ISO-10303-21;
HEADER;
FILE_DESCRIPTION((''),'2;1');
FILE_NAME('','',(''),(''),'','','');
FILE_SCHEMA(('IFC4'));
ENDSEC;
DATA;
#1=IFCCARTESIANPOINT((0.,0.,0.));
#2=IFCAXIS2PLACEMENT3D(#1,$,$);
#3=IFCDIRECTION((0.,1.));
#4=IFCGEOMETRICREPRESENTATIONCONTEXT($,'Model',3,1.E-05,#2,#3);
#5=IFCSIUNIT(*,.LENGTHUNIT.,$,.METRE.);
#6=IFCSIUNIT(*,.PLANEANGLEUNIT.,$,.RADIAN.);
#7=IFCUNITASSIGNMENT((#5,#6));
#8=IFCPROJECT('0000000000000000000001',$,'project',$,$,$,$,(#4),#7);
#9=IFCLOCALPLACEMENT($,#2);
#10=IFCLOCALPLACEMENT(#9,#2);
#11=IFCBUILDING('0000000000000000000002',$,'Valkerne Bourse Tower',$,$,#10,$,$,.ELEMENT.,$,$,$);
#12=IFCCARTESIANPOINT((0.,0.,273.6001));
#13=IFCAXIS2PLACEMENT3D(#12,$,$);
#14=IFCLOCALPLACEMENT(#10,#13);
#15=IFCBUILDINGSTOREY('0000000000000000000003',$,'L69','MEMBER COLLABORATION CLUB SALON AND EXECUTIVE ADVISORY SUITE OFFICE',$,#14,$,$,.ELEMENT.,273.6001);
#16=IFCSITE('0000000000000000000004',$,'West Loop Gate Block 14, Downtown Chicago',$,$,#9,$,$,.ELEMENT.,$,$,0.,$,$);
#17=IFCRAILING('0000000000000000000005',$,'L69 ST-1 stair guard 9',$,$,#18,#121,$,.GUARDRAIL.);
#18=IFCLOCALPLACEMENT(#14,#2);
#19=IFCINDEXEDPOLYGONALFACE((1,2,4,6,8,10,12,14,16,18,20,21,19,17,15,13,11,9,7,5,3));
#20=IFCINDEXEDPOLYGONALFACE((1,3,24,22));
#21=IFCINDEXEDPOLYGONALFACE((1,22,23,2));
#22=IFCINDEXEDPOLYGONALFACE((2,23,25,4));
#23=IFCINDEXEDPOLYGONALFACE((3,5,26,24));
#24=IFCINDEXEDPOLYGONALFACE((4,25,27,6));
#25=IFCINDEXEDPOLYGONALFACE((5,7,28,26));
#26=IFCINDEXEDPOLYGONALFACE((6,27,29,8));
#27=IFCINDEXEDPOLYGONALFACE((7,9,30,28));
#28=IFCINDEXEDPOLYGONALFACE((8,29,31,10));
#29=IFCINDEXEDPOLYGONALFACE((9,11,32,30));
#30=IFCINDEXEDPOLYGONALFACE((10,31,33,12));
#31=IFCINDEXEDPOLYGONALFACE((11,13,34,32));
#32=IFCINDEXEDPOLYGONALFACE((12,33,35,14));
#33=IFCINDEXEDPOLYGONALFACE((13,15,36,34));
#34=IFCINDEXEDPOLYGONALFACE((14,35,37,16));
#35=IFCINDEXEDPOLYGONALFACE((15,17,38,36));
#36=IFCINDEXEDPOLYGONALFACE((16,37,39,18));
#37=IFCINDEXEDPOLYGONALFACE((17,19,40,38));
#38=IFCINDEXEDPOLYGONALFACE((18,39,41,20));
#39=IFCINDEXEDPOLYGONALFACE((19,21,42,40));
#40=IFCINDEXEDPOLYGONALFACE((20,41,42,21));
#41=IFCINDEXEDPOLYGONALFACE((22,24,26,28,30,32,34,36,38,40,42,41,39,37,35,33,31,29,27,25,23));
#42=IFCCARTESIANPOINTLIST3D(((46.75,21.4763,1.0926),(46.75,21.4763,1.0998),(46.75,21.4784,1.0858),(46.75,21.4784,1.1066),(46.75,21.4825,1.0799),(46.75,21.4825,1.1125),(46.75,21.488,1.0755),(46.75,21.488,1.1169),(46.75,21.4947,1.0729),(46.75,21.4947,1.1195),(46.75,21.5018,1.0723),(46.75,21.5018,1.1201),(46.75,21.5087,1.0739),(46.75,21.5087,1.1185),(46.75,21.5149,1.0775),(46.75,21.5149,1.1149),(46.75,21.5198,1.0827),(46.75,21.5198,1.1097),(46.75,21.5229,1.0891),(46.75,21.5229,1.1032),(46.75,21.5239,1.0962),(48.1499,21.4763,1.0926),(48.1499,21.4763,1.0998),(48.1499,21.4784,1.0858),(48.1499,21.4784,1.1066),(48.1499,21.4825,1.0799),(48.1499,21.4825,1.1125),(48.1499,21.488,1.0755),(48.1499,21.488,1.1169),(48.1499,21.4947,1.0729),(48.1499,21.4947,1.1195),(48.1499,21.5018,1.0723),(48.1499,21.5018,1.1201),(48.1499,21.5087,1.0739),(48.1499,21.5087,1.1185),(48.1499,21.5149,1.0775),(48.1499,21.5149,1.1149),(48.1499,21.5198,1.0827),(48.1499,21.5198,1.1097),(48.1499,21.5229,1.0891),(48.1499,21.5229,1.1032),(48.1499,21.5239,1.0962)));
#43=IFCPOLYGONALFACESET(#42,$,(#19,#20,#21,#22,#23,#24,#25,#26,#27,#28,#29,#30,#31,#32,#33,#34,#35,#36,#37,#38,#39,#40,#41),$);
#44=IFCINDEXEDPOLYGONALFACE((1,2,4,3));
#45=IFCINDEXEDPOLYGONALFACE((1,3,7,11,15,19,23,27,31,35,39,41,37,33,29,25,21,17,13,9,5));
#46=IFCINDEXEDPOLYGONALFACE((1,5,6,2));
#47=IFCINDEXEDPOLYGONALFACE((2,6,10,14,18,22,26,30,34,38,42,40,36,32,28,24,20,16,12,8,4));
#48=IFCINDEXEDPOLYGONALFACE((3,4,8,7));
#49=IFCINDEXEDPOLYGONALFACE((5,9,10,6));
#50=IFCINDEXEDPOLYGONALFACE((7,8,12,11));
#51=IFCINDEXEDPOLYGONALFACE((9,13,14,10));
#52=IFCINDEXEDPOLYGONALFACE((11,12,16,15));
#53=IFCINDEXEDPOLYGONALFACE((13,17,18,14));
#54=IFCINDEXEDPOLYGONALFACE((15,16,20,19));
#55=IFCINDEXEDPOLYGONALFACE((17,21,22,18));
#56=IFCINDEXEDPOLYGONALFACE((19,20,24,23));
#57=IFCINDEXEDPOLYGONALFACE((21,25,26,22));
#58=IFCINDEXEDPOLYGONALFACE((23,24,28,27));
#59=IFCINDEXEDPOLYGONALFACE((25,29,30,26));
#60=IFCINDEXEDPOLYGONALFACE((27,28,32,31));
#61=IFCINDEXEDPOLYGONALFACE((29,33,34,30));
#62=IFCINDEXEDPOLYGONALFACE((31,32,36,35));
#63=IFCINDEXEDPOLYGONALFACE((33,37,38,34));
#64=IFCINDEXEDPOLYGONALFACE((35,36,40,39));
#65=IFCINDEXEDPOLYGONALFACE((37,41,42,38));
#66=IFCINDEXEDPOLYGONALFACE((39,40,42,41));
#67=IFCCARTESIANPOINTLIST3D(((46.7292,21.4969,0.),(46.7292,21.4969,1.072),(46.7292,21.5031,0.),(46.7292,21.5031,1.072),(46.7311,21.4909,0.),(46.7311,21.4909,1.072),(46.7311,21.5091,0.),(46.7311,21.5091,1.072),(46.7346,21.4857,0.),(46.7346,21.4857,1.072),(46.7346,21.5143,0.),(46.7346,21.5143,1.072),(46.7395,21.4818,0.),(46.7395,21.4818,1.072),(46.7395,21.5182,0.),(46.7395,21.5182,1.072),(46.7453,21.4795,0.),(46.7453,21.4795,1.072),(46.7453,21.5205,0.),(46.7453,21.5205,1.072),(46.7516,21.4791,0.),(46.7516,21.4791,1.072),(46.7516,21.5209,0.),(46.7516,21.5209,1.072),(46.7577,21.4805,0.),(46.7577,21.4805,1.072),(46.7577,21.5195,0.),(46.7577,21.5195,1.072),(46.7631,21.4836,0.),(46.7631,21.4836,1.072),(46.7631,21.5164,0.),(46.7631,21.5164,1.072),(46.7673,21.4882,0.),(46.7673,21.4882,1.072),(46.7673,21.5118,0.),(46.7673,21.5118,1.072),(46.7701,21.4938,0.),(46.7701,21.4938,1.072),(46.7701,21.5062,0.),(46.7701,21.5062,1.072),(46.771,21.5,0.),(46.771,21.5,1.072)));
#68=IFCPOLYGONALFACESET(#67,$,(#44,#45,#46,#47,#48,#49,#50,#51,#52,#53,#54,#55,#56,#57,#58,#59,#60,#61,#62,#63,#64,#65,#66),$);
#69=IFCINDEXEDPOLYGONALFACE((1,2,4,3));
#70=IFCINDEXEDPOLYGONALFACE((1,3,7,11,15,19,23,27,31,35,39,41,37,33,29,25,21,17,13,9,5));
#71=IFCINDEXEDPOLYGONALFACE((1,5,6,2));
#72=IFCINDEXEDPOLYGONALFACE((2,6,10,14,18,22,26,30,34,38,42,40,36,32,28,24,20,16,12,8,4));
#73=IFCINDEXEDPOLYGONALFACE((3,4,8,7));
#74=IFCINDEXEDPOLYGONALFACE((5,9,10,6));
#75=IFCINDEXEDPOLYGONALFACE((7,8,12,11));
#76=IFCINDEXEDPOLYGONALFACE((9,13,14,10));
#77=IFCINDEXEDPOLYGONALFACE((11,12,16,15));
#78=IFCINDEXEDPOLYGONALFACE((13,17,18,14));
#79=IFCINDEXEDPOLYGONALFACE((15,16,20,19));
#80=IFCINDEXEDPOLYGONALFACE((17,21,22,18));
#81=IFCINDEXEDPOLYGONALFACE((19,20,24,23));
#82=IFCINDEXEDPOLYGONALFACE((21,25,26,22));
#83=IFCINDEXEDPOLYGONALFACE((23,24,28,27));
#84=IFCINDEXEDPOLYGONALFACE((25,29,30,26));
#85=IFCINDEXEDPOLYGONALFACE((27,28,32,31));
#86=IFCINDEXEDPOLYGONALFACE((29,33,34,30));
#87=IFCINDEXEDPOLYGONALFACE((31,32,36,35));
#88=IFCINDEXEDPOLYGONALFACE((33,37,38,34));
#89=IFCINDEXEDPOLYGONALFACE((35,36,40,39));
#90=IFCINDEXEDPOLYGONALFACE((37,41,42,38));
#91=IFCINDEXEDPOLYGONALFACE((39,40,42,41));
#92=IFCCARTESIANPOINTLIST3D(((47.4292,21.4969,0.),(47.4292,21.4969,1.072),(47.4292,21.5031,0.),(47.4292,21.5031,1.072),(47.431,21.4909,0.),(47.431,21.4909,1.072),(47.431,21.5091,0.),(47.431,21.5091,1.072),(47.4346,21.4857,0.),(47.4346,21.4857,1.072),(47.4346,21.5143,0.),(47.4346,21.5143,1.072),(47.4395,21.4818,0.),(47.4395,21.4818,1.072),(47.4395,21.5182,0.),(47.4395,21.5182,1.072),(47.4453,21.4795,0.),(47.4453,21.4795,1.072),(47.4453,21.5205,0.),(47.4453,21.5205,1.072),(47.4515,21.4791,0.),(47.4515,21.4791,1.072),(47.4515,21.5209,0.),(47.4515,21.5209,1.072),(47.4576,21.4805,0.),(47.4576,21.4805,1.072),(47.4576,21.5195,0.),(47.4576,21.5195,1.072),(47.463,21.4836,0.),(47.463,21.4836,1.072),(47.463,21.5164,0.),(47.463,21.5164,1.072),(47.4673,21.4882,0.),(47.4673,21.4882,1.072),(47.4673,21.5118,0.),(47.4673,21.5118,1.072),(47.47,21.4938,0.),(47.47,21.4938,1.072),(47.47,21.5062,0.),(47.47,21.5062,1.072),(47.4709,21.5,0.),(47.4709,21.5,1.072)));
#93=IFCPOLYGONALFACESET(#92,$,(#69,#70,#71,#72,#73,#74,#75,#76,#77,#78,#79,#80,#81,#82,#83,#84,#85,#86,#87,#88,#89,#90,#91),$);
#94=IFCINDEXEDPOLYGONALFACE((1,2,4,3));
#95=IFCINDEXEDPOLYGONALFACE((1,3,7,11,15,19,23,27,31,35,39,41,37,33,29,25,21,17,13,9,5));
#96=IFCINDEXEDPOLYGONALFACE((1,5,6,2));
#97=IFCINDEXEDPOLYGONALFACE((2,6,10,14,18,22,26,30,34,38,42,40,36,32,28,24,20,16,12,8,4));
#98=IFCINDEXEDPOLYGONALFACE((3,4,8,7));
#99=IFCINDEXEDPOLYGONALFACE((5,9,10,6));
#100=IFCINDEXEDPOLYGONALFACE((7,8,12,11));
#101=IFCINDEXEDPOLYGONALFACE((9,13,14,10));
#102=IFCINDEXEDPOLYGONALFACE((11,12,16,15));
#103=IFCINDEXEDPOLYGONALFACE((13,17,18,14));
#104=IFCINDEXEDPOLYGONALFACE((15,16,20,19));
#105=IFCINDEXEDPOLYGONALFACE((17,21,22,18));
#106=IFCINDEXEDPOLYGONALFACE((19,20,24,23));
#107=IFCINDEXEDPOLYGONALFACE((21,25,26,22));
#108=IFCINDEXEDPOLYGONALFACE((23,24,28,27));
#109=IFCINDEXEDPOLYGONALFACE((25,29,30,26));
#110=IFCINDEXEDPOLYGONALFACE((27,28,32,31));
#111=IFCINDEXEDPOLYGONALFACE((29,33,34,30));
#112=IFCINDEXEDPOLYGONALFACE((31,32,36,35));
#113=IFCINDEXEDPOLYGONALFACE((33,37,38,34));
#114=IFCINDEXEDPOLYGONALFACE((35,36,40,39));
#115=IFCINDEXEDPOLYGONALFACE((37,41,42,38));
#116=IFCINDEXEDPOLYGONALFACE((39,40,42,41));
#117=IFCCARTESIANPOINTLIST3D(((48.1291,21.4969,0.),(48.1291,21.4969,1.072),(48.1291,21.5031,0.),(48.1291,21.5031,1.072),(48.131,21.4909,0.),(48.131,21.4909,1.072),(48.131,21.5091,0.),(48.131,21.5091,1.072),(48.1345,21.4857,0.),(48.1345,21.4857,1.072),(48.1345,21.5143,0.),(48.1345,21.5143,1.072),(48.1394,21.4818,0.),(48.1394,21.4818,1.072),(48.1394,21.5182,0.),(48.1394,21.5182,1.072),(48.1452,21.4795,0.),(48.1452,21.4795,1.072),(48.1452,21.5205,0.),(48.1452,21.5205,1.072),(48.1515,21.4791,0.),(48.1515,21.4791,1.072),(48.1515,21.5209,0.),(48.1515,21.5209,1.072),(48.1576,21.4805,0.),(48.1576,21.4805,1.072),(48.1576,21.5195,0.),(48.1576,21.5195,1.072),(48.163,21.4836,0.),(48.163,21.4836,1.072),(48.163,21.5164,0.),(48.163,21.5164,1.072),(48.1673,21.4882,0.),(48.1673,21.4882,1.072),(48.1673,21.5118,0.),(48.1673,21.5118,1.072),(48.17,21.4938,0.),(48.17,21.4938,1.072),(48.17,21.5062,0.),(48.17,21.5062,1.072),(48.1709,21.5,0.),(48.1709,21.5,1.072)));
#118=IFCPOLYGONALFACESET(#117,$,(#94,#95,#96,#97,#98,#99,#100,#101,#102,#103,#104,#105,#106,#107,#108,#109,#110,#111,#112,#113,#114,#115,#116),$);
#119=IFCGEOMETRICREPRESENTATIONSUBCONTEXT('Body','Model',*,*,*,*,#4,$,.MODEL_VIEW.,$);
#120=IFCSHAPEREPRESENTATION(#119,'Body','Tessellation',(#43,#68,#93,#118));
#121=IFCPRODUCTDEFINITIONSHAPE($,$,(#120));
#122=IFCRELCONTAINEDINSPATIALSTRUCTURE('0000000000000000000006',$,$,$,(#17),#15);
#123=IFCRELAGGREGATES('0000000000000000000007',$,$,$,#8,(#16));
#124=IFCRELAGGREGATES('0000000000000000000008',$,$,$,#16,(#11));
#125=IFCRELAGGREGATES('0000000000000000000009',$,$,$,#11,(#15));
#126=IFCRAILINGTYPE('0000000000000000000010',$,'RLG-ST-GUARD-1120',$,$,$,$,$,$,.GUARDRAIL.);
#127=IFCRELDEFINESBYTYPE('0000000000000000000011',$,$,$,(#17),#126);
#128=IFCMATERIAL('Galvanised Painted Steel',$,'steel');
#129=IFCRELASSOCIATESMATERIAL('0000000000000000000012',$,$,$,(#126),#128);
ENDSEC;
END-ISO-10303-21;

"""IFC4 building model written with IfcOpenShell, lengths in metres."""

from ifc_helpers import new_model, si_unit, direction, frame, origin, origin_2d, place, context, subcontext, project, spatial, circle, extrude, material, type_object, element, save


model = new_model("IFC4")

# Units and contexts
model_context = context("Model", 3, precision=1e-05, world=origin(), true_north=direction((0.0, 1.0)))
body_context = subcontext(model_context, "Body", "Model", "MODEL_VIEW")
ifc_project = project(units=[si_unit("LENGTHUNIT", "METRE"), si_unit("PLANEANGLEUNIT", "RADIAN")], contexts=[model_context])

# Site, building, storey
site_placement = place(None, origin())
site = spatial("IfcSite", under=ifc_project, at=site_placement, Name="West Loop Gate Block 14, Downtown Chicago", CompositionType="ELEMENT", RefElevation=0.0)
building_placement = place(site_placement, origin())
building = spatial("IfcBuilding", under=site, at=building_placement, Name="Valkerne Bourse Tower", CompositionType="ELEMENT")
storey_placement = place(building_placement, frame((0.0, 0.0, 273.6001)))
storey = spatial("IfcBuildingStorey", under=building, at=storey_placement, Name="L69", Description="MEMBER COLLABORATION CLUB SALON AND EXECUTIVE ADVISORY SUITE OFFICE", CompositionType="ELEMENT", Elevation=273.6001)

# Shared definitions
ifc_material_1 = material(Name="Galvanised Painted Steel", Category="steel")

# Railing
railing_type_1 = type_object("IfcRailingType", Name="RLG-ST-GUARD-1120", PredefinedType="GUARDRAIL", material=ifc_material_1)
for number, where, name in (
    (1, (46.75, 21.5, 0.0), "L69 ST-1 stair guard 9"),
):
    element("IfcRailing", number, at=place(storey_placement, frame(where)), inside=storey, type_object=railing_type_1, Name=name, PredefinedType="GUARDRAIL", context=body_context, shape_type="SweptSolid", body=[
        extrude(circle(Radius=0.0239, at=origin_2d()), frame((0.0, 0.0, 1.0962), z_axis=(1.0, 0.0, 0.0), x_axis=(0.0, 1.0, 0.0)), (0.0, 0.0, 1.0), 1.3999),
        extrude(circle(Radius=0.021, at=origin_2d()), origin(), (0.0, 0.0, 1.0), 1.072),
        extrude(circle(Radius=0.021, at=origin_2d()), frame((0.7, 0.0, 0.0)), (0.0, 0.0, 1.0), 1.072),
        extrude(circle(Radius=0.021, at=origin_2d()), frame((1.3999, 0.0, 0.0)), (0.0, 0.0, 1.0), 1.072),
    ])

save(model, "model.ifc")
